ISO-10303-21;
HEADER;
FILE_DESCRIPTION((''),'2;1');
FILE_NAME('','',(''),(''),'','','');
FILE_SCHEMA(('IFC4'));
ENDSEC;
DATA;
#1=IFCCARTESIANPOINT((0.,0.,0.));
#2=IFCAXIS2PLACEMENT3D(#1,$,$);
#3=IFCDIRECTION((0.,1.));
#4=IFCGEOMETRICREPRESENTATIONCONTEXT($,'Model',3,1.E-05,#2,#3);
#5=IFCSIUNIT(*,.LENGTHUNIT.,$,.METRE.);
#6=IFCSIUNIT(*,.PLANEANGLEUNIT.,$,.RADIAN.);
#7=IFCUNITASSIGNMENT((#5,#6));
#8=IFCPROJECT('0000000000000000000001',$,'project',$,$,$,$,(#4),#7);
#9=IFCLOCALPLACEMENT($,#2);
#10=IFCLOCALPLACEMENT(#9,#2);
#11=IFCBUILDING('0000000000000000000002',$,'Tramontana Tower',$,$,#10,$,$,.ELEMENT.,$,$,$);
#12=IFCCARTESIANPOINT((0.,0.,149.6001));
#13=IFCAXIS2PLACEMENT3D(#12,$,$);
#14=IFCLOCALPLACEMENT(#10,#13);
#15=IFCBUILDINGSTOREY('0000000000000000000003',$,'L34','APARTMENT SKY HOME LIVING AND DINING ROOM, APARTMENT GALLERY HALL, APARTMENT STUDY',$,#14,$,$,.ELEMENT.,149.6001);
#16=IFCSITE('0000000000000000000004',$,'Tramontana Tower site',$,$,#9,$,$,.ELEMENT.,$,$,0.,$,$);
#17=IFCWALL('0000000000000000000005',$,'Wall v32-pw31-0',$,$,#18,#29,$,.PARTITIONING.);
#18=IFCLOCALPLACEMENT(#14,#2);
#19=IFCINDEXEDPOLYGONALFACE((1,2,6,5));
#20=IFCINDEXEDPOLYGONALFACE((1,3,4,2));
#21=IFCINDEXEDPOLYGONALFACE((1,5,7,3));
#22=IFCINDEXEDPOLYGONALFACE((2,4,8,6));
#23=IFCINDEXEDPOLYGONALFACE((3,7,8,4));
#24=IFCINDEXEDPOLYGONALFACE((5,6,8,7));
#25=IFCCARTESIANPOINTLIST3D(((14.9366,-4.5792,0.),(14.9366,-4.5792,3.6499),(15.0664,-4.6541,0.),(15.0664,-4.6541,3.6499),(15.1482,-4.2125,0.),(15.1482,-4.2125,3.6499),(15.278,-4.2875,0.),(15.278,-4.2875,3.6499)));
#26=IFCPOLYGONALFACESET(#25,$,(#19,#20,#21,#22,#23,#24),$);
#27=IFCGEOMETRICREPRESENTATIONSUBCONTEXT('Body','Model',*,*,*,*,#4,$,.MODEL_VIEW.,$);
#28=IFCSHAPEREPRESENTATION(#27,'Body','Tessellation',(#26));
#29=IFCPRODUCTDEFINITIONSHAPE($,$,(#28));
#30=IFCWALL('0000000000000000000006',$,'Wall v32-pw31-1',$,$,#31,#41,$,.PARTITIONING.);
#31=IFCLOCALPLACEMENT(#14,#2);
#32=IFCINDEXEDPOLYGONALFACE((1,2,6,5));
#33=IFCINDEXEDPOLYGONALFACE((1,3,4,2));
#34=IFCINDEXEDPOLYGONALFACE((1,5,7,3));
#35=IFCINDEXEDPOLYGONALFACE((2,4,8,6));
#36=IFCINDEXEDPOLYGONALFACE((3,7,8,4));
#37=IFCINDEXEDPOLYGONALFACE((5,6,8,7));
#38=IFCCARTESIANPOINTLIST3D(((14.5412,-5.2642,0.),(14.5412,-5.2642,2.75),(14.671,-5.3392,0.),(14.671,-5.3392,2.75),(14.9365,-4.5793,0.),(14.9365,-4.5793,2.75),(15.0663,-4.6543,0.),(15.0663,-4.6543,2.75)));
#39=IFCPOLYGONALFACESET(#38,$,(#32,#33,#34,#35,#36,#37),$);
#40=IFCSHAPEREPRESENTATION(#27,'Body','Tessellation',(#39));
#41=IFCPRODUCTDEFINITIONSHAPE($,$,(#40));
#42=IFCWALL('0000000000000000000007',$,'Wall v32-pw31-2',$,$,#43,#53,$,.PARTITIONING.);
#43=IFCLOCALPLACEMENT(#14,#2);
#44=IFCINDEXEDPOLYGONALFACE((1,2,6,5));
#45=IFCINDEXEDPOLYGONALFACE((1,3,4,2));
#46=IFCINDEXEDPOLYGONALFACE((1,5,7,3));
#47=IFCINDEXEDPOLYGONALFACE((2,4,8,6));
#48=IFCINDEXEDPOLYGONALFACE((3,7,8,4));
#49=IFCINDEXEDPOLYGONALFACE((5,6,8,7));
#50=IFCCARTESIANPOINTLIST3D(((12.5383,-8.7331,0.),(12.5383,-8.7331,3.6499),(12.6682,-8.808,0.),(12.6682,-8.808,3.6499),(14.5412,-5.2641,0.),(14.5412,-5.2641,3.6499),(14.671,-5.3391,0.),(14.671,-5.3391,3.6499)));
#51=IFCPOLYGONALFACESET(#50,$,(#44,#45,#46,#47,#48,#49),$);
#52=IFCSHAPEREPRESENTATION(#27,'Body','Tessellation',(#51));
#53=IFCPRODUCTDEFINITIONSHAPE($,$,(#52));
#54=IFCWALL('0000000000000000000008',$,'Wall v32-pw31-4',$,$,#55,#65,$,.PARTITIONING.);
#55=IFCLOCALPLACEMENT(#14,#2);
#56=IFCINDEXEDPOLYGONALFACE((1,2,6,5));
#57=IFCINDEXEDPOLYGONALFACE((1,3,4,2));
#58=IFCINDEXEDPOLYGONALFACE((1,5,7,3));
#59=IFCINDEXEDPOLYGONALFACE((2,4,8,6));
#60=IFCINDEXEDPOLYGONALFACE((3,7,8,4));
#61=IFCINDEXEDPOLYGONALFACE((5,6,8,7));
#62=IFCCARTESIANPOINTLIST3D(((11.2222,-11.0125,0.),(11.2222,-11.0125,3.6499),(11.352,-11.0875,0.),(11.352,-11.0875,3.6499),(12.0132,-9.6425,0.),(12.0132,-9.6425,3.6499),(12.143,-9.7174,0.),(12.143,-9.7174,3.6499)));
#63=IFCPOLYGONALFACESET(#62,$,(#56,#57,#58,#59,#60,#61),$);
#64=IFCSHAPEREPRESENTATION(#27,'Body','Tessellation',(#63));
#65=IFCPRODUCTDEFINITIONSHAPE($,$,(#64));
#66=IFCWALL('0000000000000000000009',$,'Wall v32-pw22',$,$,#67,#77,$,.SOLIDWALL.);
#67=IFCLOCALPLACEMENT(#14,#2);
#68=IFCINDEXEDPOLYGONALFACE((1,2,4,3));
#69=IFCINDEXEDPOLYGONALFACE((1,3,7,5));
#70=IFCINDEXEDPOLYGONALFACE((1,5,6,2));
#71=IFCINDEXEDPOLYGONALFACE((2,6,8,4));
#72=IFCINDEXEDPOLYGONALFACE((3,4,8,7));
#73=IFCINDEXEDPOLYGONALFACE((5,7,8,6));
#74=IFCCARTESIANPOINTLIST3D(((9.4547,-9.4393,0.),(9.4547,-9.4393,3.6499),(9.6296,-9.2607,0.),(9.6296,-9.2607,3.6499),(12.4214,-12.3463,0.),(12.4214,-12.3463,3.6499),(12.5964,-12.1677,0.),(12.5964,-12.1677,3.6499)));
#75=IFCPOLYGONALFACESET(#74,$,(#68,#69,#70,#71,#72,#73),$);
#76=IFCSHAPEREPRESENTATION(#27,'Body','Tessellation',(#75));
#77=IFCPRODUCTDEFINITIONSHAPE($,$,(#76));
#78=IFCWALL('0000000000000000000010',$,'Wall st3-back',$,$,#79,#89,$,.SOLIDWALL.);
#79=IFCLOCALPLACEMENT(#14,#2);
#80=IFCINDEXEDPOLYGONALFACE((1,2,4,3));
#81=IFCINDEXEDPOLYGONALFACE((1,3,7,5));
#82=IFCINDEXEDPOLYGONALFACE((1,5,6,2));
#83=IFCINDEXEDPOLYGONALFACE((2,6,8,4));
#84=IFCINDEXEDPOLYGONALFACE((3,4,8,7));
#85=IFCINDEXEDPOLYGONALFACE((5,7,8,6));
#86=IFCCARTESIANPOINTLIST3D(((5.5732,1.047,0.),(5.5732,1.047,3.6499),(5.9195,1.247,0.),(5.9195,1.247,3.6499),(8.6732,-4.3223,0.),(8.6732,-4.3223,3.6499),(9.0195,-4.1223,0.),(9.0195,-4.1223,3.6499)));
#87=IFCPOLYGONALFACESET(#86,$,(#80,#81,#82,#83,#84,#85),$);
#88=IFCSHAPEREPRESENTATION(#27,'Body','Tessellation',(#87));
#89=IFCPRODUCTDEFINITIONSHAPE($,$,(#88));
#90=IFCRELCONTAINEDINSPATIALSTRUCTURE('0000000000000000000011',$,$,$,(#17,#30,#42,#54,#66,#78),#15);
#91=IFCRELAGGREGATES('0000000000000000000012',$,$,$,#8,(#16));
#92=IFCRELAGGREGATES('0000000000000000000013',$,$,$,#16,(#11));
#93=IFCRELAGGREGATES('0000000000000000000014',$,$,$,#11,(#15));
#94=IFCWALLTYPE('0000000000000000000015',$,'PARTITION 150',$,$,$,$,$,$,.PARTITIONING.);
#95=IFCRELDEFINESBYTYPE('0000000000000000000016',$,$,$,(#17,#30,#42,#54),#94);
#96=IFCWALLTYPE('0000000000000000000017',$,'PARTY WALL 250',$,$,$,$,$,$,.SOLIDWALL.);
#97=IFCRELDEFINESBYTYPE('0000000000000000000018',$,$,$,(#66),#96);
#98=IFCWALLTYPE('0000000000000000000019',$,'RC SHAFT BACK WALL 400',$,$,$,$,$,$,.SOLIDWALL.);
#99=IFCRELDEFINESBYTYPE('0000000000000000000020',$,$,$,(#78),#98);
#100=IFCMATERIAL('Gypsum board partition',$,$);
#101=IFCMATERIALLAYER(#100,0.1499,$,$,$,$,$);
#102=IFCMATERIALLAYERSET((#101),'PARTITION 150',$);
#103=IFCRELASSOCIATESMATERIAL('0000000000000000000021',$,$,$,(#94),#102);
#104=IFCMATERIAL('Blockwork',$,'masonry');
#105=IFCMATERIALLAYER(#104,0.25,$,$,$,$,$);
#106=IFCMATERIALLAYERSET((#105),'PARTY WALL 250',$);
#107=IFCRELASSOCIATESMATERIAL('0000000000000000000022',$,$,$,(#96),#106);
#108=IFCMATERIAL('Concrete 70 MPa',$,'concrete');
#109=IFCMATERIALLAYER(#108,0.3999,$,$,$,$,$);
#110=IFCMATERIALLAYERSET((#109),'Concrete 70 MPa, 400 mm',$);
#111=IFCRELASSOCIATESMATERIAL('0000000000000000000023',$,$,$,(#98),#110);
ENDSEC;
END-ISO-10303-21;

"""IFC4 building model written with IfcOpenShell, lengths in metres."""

from ifc_helpers import new_model, si_unit, direction, frame, frame_2d, origin, place, context, subcontext, project, spatial, rectangle, extrude, material, layer, layer_set, type_object, element, save


model = new_model("IFC4")

# Units and contexts
model_context = context("Model", 3, precision=1e-05, world=origin(), true_north=direction((0.0, 1.0)))
body_context = subcontext(model_context, "Body", "Model", "MODEL_VIEW")
ifc_project = project(units=[si_unit("LENGTHUNIT", "METRE"), si_unit("PLANEANGLEUNIT", "RADIAN")], contexts=[model_context])

# Site, building, storey
site_placement = place(None, origin())
site = spatial("IfcSite", under=ifc_project, at=site_placement, Name="Tramontana Tower site", CompositionType="ELEMENT", RefElevation=0.0)
building_placement = place(site_placement, origin())
building = spatial("IfcBuilding", under=site, at=building_placement, Name="Tramontana Tower", CompositionType="ELEMENT")
storey_placement = place(building_placement, frame((0.0, 0.0, 149.6001)))
storey = spatial("IfcBuildingStorey", under=building, at=storey_placement, Name="L34", Description="APARTMENT SKY HOME LIVING AND DINING ROOM, APARTMENT GALLERY HALL, APARTMENT STUDY", CompositionType="ELEMENT", Elevation=149.6001)

# Shared definitions
ifc_material_1 = material(Name="Gypsum board partition")
ifc_layer_1 = layer(ifc_material_1, 0.1499)
ifc_layer_set_1 = layer_set([ifc_layer_1], Name="PARTITION 150")
wall_type_1 = type_object("IfcWallType", Name="PARTITION 150", PredefinedType="PARTITIONING", material=ifc_layer_set_1)

# Walls
wall_1_placement = place(storey_placement, frame((15.2131, -4.25, 0.0), z_axis=(0.0, 0.0, 1.0), x_axis=(-0.499922, -0.86607, 0.0)))
element("IfcWall", 1, at=wall_1_placement, inside=storey, type_object=wall_type_1, Name="Wall v32-pw31-0", PredefinedType="PARTITIONING", context=body_context, shape_type="SweptSolid", body=[
    extrude(rectangle(XDim=0.4233, YDim=0.1499, at=frame_2d((0.2117, 0.0))), origin(), (0.0, 0.0, 1.0), 3.6499),
])
wall_2_placement = place(storey_placement, frame((15.0015, -4.6167, 0.0), z_axis=(0.0, 0.0, 1.0), x_axis=(-0.499892, -0.866088, 0.0)))
element("IfcWall", 2, at=wall_2_placement, inside=storey, type_object=wall_type_1, Name="Wall v32-pw31-1", PredefinedType="PARTITIONING", context=body_context, shape_type="SweptSolid", body=[
    extrude(rectangle(XDim=0.7908, YDim=0.1499, at=frame_2d((0.3955, 0.0))), origin(), (0.0, 0.0, 1.0), 2.75),
])
wall_3_placement = place(storey_placement, frame((14.6062, -5.3015, 0.0), z_axis=(0.0, 0.0, 1.0), x_axis=(-0.50002, -0.866014, 0.0)))
element("IfcWall", 3, at=wall_3_placement, inside=storey, type_object=wall_type_1, Name="Wall v32-pw31-2", PredefinedType="PARTITIONING", context=body_context, shape_type="SweptSolid", body=[
    extrude(rectangle(XDim=4.0056, YDim=0.1499, at=frame_2d((2.0029, 0.0))), origin(), (0.0, 0.0, 1.0), 3.6499),
])

# Walls
wall_4_placement = place(storey_placement, frame((12.0781, -9.6799, 0.0), z_axis=(0.0, 0.0, 1.0), x_axis=(-0.49999, -0.866031, 0.0)))
element("IfcWall", 4, at=wall_4_placement, inside=storey, type_object=wall_type_1, Name="Wall v32-pw31-4", PredefinedType="PARTITIONING", context=body_context, shape_type="SweptSolid", body=[
    extrude(rectangle(XDim=1.582, YDim=0.1499, at=frame_2d((0.791, 0.0))), origin(), (0.0, 0.0, 1.0), 3.6499),
])
ifc_material_2 = material(Name="Blockwork", Category="masonry")
ifc_layer_2 = layer(ifc_material_2, 0.25)
ifc_layer_set_2 = layer_set([ifc_layer_2], Name="PARTY WALL 250")
wall_type_2 = type_object("IfcWallType", Name="PARTY WALL 250", PredefinedType="SOLIDWALL", material=ifc_layer_set_2)
wall_5_placement = place(storey_placement, frame((9.5422, -9.3501, 0.0), z_axis=(0.0, 0.0, 1.0), x_axis=(0.71427, -0.69987, 0.0)))
element("IfcWall", 5, at=wall_5_placement, inside=storey, type_object=wall_type_2, Name="Wall v32-pw22", PredefinedType="SOLIDWALL", context=body_context, shape_type="SweptSolid", body=[
    extrude(rectangle(XDim=4.1536, YDim=0.25, at=frame_2d((2.0767, 0.0))), origin(), (0.0, 0.0, 1.0), 3.6499),
])
ifc_material_3 = material(Name="Concrete 70 MPa", Category="concrete")
ifc_layer_3 = layer(ifc_material_3, 0.3999)
ifc_layer_set_3 = layer_set([ifc_layer_3], Name="Concrete 70 MPa, 400 mm")
wall_type_3 = type_object("IfcWallType", Name="RC SHAFT BACK WALL 400", PredefinedType="SOLIDWALL", material=ifc_layer_set_3)
wall_6_placement = place(storey_placement, frame((8.8464, -4.2224, 0.0), z_axis=(0.0, 0.0, 1.0), x_axis=(-0.50001, 0.86602, 0.0)))
element("IfcWall", 6, at=wall_6_placement, inside=storey, type_object=wall_type_3, Name="Wall st3-back", PredefinedType="SOLIDWALL", context=body_context, shape_type="SweptSolid", body=[
    extrude(rectangle(XDim=6.2, YDim=0.3999, at=frame_2d((3.1001, 0.0))), origin(), (0.0, 0.0, 1.0), 3.6499),
])

save(model, "model.ifc")
